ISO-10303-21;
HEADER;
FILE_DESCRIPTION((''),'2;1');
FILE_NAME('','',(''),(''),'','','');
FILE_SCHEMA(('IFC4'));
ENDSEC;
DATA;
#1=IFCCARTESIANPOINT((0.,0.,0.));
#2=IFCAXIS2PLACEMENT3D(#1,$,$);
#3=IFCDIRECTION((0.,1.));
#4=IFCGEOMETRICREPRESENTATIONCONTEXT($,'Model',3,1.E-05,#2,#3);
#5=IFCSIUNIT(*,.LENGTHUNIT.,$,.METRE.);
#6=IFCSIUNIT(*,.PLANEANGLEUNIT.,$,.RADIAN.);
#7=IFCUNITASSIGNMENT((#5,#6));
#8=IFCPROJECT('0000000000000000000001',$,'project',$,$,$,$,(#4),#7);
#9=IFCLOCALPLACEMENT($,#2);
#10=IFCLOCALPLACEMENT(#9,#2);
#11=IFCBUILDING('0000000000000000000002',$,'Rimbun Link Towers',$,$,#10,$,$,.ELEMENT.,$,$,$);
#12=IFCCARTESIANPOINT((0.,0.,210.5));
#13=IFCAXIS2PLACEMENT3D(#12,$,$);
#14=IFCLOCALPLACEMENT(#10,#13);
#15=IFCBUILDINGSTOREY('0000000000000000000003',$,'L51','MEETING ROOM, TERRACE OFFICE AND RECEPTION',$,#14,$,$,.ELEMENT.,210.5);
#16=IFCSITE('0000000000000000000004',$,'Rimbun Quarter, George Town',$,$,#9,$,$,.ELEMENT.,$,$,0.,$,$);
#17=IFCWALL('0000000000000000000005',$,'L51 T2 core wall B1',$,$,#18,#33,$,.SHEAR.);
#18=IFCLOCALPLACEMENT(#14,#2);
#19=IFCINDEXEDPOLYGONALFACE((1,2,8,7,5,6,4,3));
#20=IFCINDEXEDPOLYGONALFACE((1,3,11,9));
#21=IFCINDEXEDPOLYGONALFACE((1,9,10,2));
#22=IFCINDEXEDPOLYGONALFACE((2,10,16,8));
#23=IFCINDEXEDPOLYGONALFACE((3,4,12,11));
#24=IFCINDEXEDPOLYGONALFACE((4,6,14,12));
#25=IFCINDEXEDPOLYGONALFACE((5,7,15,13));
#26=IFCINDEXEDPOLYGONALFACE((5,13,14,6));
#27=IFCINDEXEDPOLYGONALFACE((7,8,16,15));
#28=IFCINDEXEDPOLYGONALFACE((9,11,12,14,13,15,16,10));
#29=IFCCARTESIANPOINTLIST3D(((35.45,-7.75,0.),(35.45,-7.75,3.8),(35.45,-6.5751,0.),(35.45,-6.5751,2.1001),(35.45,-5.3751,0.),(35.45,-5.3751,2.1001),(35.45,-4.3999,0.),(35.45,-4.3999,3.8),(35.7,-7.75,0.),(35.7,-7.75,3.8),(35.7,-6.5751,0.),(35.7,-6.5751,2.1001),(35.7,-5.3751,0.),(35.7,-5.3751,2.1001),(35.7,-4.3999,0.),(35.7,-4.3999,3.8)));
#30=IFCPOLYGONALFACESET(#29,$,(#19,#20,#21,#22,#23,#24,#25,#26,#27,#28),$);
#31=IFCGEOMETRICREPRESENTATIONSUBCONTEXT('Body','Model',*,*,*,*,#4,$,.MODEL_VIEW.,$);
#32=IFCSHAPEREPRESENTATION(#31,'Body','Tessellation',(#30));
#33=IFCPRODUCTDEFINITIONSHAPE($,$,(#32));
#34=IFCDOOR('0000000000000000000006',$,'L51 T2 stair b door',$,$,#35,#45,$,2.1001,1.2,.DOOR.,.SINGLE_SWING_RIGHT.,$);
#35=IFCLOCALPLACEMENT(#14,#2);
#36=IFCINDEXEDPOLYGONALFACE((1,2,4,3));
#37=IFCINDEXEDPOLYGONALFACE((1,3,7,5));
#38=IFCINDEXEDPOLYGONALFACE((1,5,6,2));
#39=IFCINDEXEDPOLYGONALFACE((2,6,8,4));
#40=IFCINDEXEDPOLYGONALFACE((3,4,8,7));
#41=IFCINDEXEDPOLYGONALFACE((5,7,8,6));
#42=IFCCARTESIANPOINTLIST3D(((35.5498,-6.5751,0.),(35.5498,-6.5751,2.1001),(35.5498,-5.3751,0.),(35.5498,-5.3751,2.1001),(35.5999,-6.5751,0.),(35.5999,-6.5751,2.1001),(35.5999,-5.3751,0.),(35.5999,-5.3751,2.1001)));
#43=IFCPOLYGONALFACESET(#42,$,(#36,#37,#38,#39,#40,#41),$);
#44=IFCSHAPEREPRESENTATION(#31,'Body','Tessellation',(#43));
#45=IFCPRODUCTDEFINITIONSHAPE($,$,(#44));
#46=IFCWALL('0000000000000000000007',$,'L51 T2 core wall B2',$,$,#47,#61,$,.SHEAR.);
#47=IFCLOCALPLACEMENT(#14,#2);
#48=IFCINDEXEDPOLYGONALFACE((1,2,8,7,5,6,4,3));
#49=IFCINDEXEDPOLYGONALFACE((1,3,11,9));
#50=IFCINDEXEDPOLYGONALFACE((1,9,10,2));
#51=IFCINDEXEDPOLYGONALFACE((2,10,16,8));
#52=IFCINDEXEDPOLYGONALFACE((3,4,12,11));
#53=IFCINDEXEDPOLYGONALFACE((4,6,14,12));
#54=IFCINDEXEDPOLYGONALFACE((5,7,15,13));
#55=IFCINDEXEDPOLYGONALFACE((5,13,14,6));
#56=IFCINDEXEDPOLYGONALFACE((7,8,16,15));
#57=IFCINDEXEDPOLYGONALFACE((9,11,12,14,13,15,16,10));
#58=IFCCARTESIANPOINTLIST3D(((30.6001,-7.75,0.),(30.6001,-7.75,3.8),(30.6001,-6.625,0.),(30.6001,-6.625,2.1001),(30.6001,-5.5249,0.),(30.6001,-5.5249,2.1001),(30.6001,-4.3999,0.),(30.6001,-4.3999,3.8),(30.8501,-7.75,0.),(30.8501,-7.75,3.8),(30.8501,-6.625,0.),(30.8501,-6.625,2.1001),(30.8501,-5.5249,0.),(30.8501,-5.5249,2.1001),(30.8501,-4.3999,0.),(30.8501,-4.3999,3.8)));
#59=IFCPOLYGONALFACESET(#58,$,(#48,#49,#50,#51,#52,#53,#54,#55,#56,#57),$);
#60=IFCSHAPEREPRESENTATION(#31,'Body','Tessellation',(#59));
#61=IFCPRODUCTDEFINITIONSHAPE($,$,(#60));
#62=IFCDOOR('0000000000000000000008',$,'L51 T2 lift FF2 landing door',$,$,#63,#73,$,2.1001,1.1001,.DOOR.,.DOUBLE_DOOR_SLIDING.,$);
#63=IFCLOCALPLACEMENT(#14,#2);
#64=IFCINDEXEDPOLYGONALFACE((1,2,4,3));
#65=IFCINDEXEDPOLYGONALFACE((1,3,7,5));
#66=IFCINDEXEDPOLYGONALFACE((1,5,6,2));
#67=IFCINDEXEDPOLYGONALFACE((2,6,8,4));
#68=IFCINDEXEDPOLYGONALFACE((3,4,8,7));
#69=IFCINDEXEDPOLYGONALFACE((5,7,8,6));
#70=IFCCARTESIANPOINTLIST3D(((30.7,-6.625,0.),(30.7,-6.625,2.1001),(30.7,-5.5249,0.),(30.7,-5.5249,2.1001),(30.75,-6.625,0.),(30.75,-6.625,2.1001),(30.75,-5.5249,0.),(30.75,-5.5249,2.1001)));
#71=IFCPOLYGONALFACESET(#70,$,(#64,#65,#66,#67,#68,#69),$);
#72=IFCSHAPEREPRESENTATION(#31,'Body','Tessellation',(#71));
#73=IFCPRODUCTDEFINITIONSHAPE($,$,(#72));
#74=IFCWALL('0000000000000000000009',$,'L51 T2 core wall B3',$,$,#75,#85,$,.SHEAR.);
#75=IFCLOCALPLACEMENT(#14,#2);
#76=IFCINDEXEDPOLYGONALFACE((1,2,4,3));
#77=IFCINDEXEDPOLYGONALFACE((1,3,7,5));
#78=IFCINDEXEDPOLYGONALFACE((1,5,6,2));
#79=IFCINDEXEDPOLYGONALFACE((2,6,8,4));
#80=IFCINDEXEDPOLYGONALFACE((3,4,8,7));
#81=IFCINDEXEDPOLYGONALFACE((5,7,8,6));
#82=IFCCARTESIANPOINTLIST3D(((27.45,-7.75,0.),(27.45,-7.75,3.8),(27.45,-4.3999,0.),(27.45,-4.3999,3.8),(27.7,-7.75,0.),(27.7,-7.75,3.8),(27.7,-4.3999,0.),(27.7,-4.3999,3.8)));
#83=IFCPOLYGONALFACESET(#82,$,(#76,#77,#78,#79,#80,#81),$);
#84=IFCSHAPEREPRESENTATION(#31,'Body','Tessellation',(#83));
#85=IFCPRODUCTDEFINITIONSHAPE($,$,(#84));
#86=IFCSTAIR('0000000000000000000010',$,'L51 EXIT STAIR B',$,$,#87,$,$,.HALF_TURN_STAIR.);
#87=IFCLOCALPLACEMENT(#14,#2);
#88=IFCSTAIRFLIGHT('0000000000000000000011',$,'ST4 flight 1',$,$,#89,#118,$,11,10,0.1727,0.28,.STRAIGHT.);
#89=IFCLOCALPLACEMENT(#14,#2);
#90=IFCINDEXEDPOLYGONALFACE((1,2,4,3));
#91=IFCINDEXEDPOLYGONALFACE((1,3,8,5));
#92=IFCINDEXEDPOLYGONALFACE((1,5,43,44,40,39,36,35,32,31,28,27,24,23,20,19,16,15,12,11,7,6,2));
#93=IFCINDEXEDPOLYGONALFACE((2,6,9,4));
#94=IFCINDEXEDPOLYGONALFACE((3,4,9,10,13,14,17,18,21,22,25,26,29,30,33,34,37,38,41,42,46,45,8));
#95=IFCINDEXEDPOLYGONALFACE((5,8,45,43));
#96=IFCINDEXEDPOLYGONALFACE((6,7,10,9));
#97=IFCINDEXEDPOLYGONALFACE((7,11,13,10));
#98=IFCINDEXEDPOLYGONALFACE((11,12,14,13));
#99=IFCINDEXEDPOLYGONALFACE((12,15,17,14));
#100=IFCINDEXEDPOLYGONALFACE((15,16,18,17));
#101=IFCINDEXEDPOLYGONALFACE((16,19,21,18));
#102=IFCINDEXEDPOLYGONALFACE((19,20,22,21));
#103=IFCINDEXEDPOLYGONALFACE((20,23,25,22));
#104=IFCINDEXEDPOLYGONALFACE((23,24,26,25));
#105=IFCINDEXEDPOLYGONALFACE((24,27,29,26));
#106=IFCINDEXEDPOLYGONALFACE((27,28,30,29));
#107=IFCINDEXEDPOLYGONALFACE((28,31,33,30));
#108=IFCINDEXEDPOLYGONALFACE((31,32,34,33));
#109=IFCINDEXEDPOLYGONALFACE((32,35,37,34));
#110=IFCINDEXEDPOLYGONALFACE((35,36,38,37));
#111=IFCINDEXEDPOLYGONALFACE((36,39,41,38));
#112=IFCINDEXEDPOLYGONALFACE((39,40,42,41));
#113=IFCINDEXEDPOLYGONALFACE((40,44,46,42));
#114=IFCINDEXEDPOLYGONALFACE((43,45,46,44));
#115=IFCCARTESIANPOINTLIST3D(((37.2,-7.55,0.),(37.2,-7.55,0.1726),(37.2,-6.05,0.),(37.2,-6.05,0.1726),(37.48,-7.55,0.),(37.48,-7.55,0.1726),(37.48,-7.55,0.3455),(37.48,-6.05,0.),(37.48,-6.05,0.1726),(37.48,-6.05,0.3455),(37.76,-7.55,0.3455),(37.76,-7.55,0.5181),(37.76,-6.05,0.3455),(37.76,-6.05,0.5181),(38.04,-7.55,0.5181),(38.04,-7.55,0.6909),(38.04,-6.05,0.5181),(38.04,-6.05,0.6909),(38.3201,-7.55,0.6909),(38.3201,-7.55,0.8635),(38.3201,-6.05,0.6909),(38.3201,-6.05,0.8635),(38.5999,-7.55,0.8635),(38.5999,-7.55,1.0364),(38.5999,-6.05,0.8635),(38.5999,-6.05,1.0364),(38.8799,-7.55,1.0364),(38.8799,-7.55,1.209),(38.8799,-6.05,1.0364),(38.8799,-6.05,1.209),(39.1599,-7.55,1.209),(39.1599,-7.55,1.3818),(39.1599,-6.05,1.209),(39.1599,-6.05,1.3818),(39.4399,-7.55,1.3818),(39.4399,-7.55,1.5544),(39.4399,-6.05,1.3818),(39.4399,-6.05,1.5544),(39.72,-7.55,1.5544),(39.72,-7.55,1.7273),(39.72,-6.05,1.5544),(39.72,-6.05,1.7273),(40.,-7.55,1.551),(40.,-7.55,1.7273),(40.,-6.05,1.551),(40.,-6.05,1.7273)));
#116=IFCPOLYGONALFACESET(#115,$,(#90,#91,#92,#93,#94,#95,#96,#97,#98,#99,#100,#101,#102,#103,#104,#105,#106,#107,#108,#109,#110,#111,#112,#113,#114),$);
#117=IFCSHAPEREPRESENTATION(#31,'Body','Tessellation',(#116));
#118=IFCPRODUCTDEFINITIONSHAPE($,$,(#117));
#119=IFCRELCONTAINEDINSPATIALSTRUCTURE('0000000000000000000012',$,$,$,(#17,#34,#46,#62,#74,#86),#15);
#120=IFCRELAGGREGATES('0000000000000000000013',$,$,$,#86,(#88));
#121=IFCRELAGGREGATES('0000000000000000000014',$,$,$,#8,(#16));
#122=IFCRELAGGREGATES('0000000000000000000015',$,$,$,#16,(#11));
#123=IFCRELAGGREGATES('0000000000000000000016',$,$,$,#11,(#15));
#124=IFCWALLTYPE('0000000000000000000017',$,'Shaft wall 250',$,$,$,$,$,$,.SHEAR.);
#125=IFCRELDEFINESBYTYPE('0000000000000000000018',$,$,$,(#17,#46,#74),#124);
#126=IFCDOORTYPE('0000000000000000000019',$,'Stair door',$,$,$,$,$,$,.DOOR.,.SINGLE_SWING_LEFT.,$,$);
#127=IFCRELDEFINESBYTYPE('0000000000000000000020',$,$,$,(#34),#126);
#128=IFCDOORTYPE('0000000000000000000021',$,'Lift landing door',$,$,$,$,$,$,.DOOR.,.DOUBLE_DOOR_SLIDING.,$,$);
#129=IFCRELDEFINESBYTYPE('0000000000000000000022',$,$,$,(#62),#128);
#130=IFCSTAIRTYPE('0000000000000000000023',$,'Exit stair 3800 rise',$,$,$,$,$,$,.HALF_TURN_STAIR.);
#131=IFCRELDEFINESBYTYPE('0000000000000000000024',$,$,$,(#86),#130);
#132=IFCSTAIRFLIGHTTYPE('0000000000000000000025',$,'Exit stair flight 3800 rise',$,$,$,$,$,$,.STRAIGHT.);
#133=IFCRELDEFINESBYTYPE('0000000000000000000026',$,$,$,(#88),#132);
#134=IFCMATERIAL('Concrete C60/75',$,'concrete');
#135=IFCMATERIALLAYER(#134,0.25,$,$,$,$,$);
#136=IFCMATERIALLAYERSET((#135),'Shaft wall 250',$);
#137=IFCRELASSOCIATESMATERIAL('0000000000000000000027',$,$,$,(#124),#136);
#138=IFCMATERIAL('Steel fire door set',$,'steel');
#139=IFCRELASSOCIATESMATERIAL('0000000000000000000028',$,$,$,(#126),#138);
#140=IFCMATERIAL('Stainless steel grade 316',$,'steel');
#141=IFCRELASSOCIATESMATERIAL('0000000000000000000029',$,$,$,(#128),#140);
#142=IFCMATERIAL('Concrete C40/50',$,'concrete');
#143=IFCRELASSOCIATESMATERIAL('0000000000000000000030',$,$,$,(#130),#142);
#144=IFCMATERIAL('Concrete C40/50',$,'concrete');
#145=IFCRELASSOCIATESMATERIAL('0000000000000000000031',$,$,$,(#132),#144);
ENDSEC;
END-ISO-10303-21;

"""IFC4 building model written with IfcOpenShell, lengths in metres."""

from ifc_helpers import new_model, si_unit, direction, frame, frame_2d, origin, place, context, subcontext, project, spatial, polyline, rectangle, outline, extrude, material, layer, layer_set, type_object, element, fill, aggregate, save


model = new_model("IFC4")

# Units and contexts
model_context = context("Model", 3, precision=1e-05, world=origin(), true_north=direction((0.0, 1.0)))
body_context = subcontext(model_context, "Body", "Model", "MODEL_VIEW")
ifc_project = project(units=[si_unit("LENGTHUNIT", "METRE"), si_unit("PLANEANGLEUNIT", "RADIAN")], contexts=[model_context])

# Site, building, storey
site_placement = place(None, origin())
site = spatial("IfcSite", under=ifc_project, at=site_placement, Name="Rimbun Quarter, George Town", CompositionType="ELEMENT", RefElevation=0.0)
building_placement = place(site_placement, origin())
building = spatial("IfcBuilding", under=site, at=building_placement, Name="Rimbun Link Towers", CompositionType="ELEMENT")
storey_placement = place(building_placement, frame((0.0, 0.0, 210.5)))
storey = spatial("IfcBuildingStorey", under=building, at=storey_placement, Name="L51", Description="MEETING ROOM, TERRACE OFFICE AND RECEPTION", CompositionType="ELEMENT", Elevation=210.5)

# Shared definitions
ifc_material_1 = material(Name="Concrete C60/75", Category="concrete")
ifc_layer = layer(ifc_material_1, 0.25)
ifc_layer_set = layer_set([ifc_layer], Name="Shaft wall 250")
wall_type = type_object("IfcWallType", Name="Shaft wall 250", PredefinedType="SHEAR", material=ifc_layer_set)

# Walls, openings, doors
wall_1_placement = place(storey_placement, frame((35.575, -4.3999, 0.0), z_axis=(0.0, 0.0, 1.0), x_axis=(0.0, -1.0, 0.0)))
wall_1 = element("IfcWall", 1, at=wall_1_placement, inside=storey, type_object=wall_type, Name="L51 T2 core wall B1", PredefinedType="SHEAR", context=body_context, shape_type="SweptSolid", body=[
    extrude(rectangle(XDim=3.3501, YDim=0.25, at=frame_2d((1.675, 0.0))), origin(), (0.0, 0.0, 1.0), 3.8),
])
opening_1_placement = place(wall_1_placement, frame((0.9751, 0.0, 0.0)))
opening_1 = element("IfcOpeningElement", 2, at=opening_1_placement, cuts=wall_1, PredefinedType="OPENING", context=body_context, shape_type="SweptSolid", body=[
    extrude(rectangle(XDim=1.2, YDim=2.1001, at=frame_2d((0.6001, 1.05))), frame((0.0, 0.135, 0.0), z_axis=(0.0, -1.0, 0.0), x_axis=(1.0, 0.0, 0.0)), (0.0, 0.0, 1.0), 0.27),
])
ifc_material_2 = material(Name="Steel fire door set", Category="steel")
door_type_1 = type_object("IfcDoorType", Name="Stair door", OperationType="SINGLE_SWING_LEFT", PredefinedType="DOOR", material=ifc_material_2)
door_1_placement = place(opening_1_placement, origin())
door_1 = element("IfcDoor", 3, at=door_1_placement, inside=storey, type_object=door_type_1, Name="L51 T2 stair b door", OperationType="SINGLE_SWING_RIGHT", OverallHeight=2.1001, OverallWidth=1.2, PredefinedType="DOOR", context=body_context, shape_type="SweptSolid", body=[
    extrude(rectangle(XDim=1.2, YDim=2.1001, at=frame_2d((0.6001, 1.05))), frame((0.0, 0.0249, 0.0), z_axis=(0.0, -1.0, 0.0), x_axis=(1.0, 0.0, 0.0)), (0.0, 0.0, 1.0), 0.05),
])
fill(opening_1, door_1)
wall_2_placement = place(storey_placement, frame((30.7251, -4.3999, 0.0), z_axis=(0.0, 0.0, 1.0), x_axis=(0.0, -1.0, 0.0)))
wall_2 = element("IfcWall", 4, at=wall_2_placement, inside=storey, type_object=wall_type, Name="L51 T2 core wall B2", PredefinedType="SHEAR", context=body_context, shape_type="SweptSolid", body=[
    extrude(rectangle(XDim=3.3501, YDim=0.25, at=frame_2d((1.675, 0.0))), origin(), (0.0, 0.0, 1.0), 3.8),
])
opening_2_placement = place(wall_2_placement, frame((1.125, 0.0, 0.0)))
opening_2 = element("IfcOpeningElement", 5, at=opening_2_placement, cuts=wall_2, PredefinedType="OPENING", context=body_context, shape_type="SweptSolid", body=[
    extrude(rectangle(XDim=1.1001, YDim=2.1001, at=frame_2d((0.55, 1.05))), frame((0.0, 0.135, 0.0), z_axis=(0.0, -1.0, 0.0), x_axis=(1.0, 0.0, 0.0)), (0.0, 0.0, 1.0), 0.27),
])
ifc_material_3 = material(Name="Stainless steel grade 316", Category="steel")
door_type_2 = type_object("IfcDoorType", Name="Lift landing door", OperationType="DOUBLE_DOOR_SLIDING", PredefinedType="DOOR", material=ifc_material_3)
door_2_placement = place(opening_2_placement, origin())
door_2 = element("IfcDoor", 6, at=door_2_placement, inside=storey, type_object=door_type_2, Name="L51 T2 lift FF2 landing door", OperationType="DOUBLE_DOOR_SLIDING", OverallHeight=2.1001, OverallWidth=1.1001, PredefinedType="DOOR", context=body_context, shape_type="SweptSolid", body=[
    extrude(rectangle(XDim=1.1001, YDim=2.1001, at=frame_2d((0.55, 1.05))), frame((0.0, 0.0249, 0.0), z_axis=(0.0, -1.0, 0.0), x_axis=(1.0, 0.0, 0.0)), (0.0, 0.0, 1.0), 0.05),
])
fill(opening_2, door_2)

# Wall
wall_3_placement = place(storey_placement, frame((27.575, -4.3999, 0.0), z_axis=(0.0, 0.0, 1.0), x_axis=(0.0, -1.0, 0.0)))
element("IfcWall", 7, at=wall_3_placement, inside=storey, type_object=wall_type, Name="L51 T2 core wall B3", PredefinedType="SHEAR", context=body_context, shape_type="SweptSolid", body=[
    extrude(rectangle(XDim=3.3501, YDim=0.25, at=frame_2d((1.675, 0.0))), origin(), (0.0, 0.0, 1.0), 3.8),
])

# Stair, stair flight
ifc_material_4 = material(Name="Concrete C40/50", Category="concrete")
stair_type = type_object("IfcStairType", Name="Exit stair 3800 rise", PredefinedType="HALF_TURN_STAIR", material=ifc_material_4)
stair_placement = place(storey_placement, origin())
stair = element("IfcStair", 8, at=stair_placement, inside=storey, type_object=stair_type, Name="L51 EXIT STAIR B", PredefinedType="HALF_TURN_STAIR")
ifc_material_5 = material(Name="Concrete C40/50", Category="concrete")
stair_flight_type = type_object("IfcStairFlightType", Name="Exit stair flight 3800 rise", PredefinedType="STRAIGHT", material=ifc_material_5)
stair_flight_placement = place(storey_placement, frame((37.2, -6.8, 0.0), z_axis=(0.0, 0.0, 1.0), x_axis=(1.0, 0.0, 0.0)))
stair_flight = element("IfcStairFlight", 9, at=stair_flight_placement, type_object=stair_flight_type, Name="ST4 flight 1", NumberOfRisers=11, NumberOfTreads=10, PredefinedType="STRAIGHT", RiserHeight=0.1727, TreadLength=0.28, context=body_context, shape_type="SweptSolid", body=[
    extrude(outline(polyline([(0.0, 0.0), (0.0, 0.1726), (0.28, 0.1726), (0.28, 0.3455), (0.5601, 0.3455), (0.5601, 0.5181), (0.8401, 0.5181), (0.8401, 0.6909), (1.1201, 0.6909), (1.1201, 0.8635), (1.3999, 0.8635), (1.3999, 1.0364), (1.6799, 1.0364), (1.6799, 1.209), (1.96, 1.209), (1.96, 1.3818), (2.24, 1.3818), (2.24, 1.5544), (2.52, 1.5544), (2.52, 1.7273), (2.8, 1.7273), (2.8, 1.8999), (2.8, 1.551), (0.28, 0.0), (0.0, 0.0)])), frame((0.0, 0.75, 0.0), z_axis=(0.0, -1.0, 0.0), x_axis=(1.0, 0.0, 0.0)), (0.0, 0.0, 1.0), 1.5),
])
aggregate(stair, [stair_flight])

save(model, "model.ifc")
